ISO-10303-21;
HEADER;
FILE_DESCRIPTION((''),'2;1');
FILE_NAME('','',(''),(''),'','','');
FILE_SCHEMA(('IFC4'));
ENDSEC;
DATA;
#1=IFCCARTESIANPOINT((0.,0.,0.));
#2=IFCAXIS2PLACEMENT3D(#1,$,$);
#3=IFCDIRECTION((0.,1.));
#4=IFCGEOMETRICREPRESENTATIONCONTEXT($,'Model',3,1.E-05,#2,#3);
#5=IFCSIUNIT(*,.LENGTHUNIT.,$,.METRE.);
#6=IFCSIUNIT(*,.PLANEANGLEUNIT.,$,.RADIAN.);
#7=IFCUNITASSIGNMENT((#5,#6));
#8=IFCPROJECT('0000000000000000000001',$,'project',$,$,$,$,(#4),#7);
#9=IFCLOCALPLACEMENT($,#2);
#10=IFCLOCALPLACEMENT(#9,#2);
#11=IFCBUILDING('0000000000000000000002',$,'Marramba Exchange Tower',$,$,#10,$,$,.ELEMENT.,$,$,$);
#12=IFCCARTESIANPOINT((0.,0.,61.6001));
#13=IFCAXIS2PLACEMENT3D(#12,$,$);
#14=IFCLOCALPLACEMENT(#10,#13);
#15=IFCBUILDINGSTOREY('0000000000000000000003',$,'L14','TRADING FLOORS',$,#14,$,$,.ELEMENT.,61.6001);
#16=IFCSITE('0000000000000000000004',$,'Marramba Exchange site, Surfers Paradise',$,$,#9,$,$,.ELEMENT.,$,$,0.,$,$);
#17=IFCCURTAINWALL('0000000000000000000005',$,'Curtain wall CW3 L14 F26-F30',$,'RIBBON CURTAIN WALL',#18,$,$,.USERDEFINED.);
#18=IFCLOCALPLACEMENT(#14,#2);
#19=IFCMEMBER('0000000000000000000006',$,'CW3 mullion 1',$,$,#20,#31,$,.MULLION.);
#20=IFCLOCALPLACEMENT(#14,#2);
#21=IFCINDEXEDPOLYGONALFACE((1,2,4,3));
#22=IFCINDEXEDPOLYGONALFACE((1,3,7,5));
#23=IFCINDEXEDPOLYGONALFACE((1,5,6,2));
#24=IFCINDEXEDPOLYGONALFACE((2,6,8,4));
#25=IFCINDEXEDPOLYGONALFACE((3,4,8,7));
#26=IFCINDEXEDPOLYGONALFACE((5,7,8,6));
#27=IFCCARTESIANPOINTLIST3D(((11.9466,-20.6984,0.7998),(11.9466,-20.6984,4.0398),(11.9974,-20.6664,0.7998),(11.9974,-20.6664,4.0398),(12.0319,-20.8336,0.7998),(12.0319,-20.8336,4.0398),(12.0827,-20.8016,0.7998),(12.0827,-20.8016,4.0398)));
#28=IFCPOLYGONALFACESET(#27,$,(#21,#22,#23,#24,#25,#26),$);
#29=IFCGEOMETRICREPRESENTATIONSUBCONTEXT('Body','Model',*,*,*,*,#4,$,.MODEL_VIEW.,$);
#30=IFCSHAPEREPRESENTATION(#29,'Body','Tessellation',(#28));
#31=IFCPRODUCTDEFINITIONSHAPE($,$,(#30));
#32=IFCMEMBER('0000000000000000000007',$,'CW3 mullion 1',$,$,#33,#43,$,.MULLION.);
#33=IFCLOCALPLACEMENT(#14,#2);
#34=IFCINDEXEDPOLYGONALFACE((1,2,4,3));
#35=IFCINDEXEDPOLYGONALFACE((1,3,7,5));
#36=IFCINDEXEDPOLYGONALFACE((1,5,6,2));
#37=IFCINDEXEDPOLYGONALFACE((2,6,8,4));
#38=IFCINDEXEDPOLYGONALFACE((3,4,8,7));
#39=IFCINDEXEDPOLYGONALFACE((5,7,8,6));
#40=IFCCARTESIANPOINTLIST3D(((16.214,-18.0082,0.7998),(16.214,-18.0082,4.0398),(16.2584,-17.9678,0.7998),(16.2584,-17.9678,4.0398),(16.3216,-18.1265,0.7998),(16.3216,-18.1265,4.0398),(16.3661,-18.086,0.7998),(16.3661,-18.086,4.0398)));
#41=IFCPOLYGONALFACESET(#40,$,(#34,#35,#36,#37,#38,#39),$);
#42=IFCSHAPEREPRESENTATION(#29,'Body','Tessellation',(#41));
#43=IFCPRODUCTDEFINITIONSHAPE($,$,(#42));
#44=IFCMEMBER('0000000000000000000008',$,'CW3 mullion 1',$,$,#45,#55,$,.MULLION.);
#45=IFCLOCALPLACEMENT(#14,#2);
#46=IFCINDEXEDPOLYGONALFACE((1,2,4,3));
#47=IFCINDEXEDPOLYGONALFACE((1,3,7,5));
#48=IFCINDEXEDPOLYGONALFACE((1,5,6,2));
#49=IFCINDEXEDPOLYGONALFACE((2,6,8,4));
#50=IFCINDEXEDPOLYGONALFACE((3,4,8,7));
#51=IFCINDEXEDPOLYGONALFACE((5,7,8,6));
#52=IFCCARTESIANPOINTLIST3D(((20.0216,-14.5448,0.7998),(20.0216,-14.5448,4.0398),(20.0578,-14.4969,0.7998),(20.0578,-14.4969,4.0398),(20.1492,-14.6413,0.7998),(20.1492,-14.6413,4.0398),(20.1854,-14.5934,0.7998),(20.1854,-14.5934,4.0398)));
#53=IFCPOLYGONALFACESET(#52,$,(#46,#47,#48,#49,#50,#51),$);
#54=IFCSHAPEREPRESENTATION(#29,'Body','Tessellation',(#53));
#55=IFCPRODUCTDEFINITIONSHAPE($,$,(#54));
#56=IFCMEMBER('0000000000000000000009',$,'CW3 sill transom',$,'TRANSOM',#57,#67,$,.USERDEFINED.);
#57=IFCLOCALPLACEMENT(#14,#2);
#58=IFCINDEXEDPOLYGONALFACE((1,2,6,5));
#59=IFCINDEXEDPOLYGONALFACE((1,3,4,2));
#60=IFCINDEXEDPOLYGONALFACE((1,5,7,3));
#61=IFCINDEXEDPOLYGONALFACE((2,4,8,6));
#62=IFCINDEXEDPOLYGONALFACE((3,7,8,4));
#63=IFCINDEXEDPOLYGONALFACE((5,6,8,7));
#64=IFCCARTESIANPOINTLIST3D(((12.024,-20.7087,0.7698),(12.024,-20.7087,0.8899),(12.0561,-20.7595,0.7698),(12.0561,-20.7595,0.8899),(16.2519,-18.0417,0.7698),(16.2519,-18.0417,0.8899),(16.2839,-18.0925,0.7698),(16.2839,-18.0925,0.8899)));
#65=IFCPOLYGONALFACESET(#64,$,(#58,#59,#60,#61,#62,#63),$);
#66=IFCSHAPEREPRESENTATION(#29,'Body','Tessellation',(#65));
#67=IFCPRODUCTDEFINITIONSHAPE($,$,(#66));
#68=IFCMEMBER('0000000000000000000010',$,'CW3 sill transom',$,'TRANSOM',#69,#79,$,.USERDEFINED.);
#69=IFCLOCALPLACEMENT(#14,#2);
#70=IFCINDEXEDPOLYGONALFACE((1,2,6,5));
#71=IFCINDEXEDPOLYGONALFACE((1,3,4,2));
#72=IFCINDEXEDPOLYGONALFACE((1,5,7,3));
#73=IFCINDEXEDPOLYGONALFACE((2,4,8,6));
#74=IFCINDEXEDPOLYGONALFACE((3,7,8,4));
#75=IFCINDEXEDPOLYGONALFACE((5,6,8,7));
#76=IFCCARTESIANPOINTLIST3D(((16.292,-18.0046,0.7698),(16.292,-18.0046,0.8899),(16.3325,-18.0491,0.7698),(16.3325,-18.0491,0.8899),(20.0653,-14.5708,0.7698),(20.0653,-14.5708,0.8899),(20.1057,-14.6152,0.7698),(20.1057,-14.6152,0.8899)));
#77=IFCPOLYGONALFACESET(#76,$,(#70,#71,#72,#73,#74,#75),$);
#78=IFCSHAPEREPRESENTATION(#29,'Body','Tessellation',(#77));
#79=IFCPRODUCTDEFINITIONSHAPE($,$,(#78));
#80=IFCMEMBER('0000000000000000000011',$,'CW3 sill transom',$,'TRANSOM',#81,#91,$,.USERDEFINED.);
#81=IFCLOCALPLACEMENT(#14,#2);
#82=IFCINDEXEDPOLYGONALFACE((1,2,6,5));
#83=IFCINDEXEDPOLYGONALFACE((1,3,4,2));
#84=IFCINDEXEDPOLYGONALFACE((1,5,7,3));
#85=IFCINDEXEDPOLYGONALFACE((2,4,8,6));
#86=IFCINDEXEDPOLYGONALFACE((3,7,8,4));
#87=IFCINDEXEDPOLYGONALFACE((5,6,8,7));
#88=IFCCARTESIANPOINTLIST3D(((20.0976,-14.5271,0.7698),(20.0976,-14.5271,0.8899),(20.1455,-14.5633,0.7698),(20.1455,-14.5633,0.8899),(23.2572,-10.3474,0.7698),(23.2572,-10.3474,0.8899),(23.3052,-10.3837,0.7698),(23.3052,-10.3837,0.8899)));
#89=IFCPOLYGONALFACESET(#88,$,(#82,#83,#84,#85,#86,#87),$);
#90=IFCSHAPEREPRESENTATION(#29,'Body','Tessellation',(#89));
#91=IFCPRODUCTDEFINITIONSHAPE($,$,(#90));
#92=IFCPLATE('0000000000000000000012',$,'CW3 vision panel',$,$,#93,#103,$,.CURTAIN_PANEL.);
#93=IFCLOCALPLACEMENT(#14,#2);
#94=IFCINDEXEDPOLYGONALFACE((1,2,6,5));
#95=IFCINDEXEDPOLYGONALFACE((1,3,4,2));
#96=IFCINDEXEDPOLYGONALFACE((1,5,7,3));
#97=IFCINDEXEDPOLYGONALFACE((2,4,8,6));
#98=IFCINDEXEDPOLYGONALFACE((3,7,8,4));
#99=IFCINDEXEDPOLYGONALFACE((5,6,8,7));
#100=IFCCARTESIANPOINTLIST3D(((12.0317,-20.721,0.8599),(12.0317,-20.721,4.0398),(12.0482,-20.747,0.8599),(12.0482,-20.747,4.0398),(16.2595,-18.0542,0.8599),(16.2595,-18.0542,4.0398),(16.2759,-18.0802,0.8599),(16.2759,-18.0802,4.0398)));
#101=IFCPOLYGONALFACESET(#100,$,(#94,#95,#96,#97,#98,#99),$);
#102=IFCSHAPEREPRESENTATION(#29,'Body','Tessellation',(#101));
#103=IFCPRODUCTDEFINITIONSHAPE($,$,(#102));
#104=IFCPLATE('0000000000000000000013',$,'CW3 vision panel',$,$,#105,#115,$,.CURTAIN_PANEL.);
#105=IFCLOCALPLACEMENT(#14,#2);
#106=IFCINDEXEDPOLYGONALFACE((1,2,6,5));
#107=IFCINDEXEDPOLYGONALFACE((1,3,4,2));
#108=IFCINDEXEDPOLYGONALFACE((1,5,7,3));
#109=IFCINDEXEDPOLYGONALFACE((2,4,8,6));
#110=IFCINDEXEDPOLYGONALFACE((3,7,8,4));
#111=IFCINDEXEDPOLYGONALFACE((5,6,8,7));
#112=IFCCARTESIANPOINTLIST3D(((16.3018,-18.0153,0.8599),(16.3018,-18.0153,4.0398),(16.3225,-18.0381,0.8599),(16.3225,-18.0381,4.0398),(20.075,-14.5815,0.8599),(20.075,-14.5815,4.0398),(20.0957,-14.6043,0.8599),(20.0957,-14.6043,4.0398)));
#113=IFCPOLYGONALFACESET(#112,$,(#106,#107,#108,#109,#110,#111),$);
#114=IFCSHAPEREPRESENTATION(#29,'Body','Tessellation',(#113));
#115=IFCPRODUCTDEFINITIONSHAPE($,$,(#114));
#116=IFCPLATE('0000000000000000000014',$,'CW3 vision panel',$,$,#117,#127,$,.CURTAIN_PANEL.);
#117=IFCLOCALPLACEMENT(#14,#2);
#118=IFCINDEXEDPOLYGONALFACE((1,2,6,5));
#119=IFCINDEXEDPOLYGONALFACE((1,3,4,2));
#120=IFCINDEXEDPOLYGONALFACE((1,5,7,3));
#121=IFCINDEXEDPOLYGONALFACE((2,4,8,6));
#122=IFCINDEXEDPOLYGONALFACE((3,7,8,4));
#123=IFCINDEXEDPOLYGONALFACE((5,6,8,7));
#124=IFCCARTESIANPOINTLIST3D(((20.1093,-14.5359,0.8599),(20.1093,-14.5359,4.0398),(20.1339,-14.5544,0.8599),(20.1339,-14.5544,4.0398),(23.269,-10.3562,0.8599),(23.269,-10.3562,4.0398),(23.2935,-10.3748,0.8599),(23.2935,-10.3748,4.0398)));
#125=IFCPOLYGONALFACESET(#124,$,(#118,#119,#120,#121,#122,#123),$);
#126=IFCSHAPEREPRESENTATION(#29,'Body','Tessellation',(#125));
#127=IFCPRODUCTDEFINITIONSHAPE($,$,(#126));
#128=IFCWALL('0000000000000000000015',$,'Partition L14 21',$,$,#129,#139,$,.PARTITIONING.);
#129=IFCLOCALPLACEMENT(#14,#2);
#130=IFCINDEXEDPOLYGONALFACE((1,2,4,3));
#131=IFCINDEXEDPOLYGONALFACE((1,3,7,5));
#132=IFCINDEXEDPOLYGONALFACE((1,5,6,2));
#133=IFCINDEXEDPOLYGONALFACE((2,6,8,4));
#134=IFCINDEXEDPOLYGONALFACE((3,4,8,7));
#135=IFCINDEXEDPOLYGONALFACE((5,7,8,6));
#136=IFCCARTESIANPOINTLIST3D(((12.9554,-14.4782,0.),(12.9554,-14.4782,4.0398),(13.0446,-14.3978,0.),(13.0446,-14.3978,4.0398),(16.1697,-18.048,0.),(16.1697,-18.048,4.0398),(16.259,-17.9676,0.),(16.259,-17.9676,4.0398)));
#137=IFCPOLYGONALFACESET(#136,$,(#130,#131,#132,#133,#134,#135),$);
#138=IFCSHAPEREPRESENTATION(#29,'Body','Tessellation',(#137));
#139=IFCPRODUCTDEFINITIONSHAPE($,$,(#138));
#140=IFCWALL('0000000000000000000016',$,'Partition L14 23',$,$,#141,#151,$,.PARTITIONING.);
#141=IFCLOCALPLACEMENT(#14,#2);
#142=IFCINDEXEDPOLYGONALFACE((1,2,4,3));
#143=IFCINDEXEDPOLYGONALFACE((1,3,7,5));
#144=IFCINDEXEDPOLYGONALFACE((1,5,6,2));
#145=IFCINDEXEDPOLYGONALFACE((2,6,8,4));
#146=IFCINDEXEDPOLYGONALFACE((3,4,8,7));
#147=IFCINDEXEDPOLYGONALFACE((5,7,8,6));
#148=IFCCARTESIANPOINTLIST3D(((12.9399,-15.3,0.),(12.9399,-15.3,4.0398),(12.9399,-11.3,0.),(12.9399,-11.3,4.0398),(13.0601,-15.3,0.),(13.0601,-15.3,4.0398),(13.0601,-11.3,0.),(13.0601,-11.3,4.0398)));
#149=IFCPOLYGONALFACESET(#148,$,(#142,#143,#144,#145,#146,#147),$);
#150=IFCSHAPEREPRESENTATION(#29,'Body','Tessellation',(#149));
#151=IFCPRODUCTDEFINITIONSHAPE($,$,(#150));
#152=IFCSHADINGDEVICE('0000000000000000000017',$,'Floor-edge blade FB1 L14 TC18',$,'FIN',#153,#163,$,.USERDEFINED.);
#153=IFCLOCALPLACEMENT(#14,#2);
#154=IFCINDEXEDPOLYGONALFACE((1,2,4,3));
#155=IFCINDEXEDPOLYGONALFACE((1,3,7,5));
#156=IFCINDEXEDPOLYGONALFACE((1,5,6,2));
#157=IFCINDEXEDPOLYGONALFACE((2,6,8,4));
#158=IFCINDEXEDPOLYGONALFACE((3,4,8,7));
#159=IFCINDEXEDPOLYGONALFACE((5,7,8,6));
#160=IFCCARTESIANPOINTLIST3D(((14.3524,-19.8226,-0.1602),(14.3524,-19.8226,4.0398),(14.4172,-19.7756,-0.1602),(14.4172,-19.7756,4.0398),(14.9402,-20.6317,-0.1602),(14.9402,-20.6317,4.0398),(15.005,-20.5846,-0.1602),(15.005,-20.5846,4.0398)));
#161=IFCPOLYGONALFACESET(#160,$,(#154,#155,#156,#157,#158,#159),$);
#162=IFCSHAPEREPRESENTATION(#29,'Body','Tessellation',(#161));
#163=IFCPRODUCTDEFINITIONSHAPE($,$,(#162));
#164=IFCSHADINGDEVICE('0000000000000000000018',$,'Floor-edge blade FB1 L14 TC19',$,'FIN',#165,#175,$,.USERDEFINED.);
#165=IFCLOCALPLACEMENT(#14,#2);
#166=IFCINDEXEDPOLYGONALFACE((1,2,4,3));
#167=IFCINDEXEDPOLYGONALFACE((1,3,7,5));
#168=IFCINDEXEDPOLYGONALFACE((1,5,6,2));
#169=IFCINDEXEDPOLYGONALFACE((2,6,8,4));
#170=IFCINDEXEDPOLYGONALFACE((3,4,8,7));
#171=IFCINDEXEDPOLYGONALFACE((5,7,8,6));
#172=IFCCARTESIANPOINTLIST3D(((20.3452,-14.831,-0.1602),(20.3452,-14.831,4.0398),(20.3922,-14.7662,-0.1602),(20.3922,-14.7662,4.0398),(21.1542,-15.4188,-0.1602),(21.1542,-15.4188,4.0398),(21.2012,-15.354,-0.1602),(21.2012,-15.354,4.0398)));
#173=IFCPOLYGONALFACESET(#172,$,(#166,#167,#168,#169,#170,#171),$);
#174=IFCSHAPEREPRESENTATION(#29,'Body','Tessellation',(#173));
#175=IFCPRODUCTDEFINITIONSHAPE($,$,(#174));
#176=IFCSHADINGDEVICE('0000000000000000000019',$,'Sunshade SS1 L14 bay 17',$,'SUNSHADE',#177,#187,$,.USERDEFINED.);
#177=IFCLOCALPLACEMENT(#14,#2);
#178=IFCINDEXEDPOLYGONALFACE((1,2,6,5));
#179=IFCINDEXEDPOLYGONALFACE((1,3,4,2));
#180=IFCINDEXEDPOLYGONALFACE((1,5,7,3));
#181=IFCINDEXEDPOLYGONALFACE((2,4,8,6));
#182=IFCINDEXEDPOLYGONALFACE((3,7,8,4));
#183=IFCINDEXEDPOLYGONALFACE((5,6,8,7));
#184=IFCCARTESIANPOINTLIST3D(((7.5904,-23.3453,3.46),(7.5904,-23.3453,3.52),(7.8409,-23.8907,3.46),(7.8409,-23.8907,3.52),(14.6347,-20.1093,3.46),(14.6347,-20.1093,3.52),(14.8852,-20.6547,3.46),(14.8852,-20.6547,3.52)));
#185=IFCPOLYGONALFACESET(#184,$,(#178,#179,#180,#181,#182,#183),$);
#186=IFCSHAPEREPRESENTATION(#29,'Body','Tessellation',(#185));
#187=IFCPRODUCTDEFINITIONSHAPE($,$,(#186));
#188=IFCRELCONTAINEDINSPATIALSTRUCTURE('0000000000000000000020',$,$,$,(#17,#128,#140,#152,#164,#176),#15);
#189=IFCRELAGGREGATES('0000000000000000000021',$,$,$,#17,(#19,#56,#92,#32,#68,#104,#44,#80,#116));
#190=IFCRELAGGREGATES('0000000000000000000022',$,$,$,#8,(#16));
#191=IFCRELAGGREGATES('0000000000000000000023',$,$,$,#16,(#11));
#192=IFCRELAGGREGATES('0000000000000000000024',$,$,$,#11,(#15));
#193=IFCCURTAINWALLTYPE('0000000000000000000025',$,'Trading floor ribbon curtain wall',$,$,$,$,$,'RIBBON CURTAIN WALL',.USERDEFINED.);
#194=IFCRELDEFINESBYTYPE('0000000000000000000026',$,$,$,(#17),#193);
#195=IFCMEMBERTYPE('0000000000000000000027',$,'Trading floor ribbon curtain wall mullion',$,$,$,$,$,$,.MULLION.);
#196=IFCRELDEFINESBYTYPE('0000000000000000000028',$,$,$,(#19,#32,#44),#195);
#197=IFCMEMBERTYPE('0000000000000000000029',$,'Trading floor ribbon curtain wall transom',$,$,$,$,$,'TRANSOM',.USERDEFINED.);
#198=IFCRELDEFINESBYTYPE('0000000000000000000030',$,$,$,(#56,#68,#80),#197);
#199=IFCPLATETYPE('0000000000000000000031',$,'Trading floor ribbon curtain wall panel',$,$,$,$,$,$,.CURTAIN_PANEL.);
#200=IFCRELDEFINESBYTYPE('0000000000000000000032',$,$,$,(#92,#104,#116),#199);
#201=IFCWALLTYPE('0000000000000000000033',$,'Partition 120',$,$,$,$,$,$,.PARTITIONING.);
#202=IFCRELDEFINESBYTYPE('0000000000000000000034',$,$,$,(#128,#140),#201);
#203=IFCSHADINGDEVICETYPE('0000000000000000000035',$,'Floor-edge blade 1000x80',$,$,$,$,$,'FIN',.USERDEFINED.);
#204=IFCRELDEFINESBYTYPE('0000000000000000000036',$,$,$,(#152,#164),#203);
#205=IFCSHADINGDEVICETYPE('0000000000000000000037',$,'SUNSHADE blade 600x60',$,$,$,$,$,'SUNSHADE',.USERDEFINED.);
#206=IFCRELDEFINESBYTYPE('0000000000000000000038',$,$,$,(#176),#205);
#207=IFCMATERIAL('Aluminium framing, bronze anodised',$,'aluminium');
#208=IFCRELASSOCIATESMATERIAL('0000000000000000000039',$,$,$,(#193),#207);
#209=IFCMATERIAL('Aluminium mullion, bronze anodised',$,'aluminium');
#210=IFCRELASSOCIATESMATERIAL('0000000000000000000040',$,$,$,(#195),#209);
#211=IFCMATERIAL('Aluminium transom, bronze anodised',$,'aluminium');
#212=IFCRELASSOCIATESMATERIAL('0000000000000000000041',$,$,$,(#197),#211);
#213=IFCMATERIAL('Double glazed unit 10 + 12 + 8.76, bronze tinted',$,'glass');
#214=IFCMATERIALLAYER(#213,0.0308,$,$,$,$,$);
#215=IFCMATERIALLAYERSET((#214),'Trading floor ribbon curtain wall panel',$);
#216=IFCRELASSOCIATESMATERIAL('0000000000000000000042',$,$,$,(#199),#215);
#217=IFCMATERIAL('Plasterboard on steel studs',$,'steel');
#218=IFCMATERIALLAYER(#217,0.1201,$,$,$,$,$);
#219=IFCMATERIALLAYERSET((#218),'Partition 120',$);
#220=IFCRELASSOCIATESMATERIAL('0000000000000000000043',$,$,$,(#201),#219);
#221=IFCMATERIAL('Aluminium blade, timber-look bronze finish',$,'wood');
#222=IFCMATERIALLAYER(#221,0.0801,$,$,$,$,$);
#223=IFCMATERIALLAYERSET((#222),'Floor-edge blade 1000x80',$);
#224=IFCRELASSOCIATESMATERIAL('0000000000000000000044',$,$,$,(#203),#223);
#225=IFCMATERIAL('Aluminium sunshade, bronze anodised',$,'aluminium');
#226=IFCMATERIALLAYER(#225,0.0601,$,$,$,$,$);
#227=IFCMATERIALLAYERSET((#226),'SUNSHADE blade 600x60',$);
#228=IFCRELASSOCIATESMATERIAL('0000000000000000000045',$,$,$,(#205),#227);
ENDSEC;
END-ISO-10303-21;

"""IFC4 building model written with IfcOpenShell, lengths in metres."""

from ifc_helpers import new_model, si_unit, direction, frame, frame_2d, origin, origin_2d, place, context, subcontext, project, spatial, rectangle, extrude, material, layer, layer_set, material_profile, profile_set, type_object, element, aggregate, save


model = new_model("IFC4")

# Units and contexts
model_context = context("Model", 3, precision=1e-05, world=origin(), true_north=direction((0.0, 1.0)))
body_context = subcontext(model_context, "Body", "Model", "MODEL_VIEW")
ifc_project = project(units=[si_unit("LENGTHUNIT", "METRE"), si_unit("PLANEANGLEUNIT", "RADIAN")], contexts=[model_context])

# Site, building, storey
site_placement = place(None, origin())
site = spatial("IfcSite", under=ifc_project, at=site_placement, Name="Marramba Exchange site, Surfers Paradise", CompositionType="ELEMENT", RefElevation=0.0)
building_placement = place(site_placement, origin())
building = spatial("IfcBuilding", under=site, at=building_placement, Name="Marramba Exchange Tower", CompositionType="ELEMENT")
storey_placement = place(building_placement, frame((0.0, 0.0, 61.6001)))
storey = spatial("IfcBuildingStorey", under=building, at=storey_placement, Name="L14", Description="TRADING FLOORS", CompositionType="ELEMENT", Elevation=61.6001)

# Curtain wall, members, plates
ifc_material_1 = material(Name="Aluminium framing, bronze anodised", Category="aluminium")
curtain_wall_type = type_object("IfcCurtainWallType", Name="Trading floor ribbon curtain wall", ElementType="RIBBON CURTAIN WALL", PredefinedType="USERDEFINED", material=ifc_material_1)
curtain_wall_placement = place(storey_placement, origin())
curtain_wall = element("IfcCurtainWall", 1, at=curtain_wall_placement, inside=storey, type_object=curtain_wall_type, Name="Curtain wall CW3 L14 F26-F30", ObjectType="RIBBON CURTAIN WALL", PredefinedType="USERDEFINED")
ifc_material_2 = material(Name="Aluminium mullion, bronze anodised", Category="aluminium")
ifc_material_profile_1 = material_profile(ifc_material_2, rectangle(XDim=0.1599, YDim=0.0601, at=origin_2d()), Name="CW3 mullion 60x160")
ifc_profile_set_1 = profile_set([ifc_material_profile_1], Name="Aluminium mullion, bronze anodised")
member_type_1 = type_object("IfcMemberType", Name="Trading floor ribbon curtain wall mullion", PredefinedType="MULLION", material=ifc_profile_set_1)
member_1_placement = place(storey_placement, frame((12.0146, -20.75, 0.7998), z_axis=(0.0, 0.0, 1.0), x_axis=(-0.533515, 0.845791, 0.0)))
member_1 = element("IfcMember", 2, at=member_1_placement, type_object=member_type_1, Name="CW3 mullion 1", PredefinedType="MULLION", context=body_context, shape_type="SweptSolid", body=[
    extrude(rectangle(XDim=0.1599, YDim=0.0601, at=origin_2d()), origin(), (0.0, 0.0, 1.0), 3.24),
])
member_2_placement = place(storey_placement, frame((16.29, -18.0471, 0.7998), z_axis=(0.0, 0.0, 1.0), x_axis=(-0.673058, 0.73959, 0.0)))
member_2 = element("IfcMember", 3, at=member_2_placement, type_object=member_type_1, Name="CW3 mullion 1", PredefinedType="MULLION", context=body_context, shape_type="SweptSolid", body=[
    extrude(rectangle(XDim=0.1599, YDim=0.0601, at=origin_2d()), origin(), (0.0, 0.0, 1.0), 3.24),
])
member_3_placement = place(storey_placement, frame((20.1035, -14.5691, 0.7998), z_axis=(0.0, 0.0, 1.0), x_axis=(-0.797711, 0.60304, 0.0)))
member_3 = element("IfcMember", 4, at=member_3_placement, type_object=member_type_1, Name="CW3 mullion 1", PredefinedType="MULLION", context=body_context, shape_type="SweptSolid", body=[
    extrude(rectangle(XDim=0.1599, YDim=0.0601, at=origin_2d()), origin(), (0.0, 0.0, 1.0), 3.24),
])
ifc_material_3 = material(Name="Aluminium transom, bronze anodised", Category="aluminium")
ifc_material_profile_2 = material_profile(ifc_material_3, rectangle(XDim=0.0601, YDim=0.1201, at=origin_2d()), Name="CW3 transom 60x120")
ifc_profile_set_2 = profile_set([ifc_material_profile_2], Name="Aluminium transom, bronze anodised")
member_type_2 = type_object("IfcMemberType", Name="Trading floor ribbon curtain wall transom", ElementType="TRANSOM", PredefinedType="USERDEFINED", material=ifc_profile_set_2)
member_4_placement = place(storey_placement, frame((12.04, -20.7341, 0.8298), z_axis=(0.845777, 0.533537, 0.0), x_axis=(-0.533537, 0.845777, 0.0)))
member_4 = element("IfcMember", 5, at=member_4_placement, type_object=member_type_2, Name="CW3 sill transom", ObjectType="TRANSOM", PredefinedType="USERDEFINED", context=body_context, shape_type="SweptSolid", body=[
    extrude(rectangle(XDim=0.0601, YDim=0.1201, at=origin_2d()), origin(), (0.0, 0.0, 1.0), 4.9988),
])
member_5_placement = place(storey_placement, frame((16.3123, -18.0269, 0.8298), z_axis=(0.739583, 0.673066, 0.0), x_axis=(-0.673066, 0.739583, 0.0)))
member_5 = element("IfcMember", 6, at=member_5_placement, type_object=member_type_2, Name="CW3 sill transom", ObjectType="TRANSOM", PredefinedType="USERDEFINED", context=body_context, shape_type="SweptSolid", body=[
    extrude(rectangle(XDim=0.0601, YDim=0.1201, at=origin_2d()), origin(), (0.0, 0.0, 1.0), 5.1018),
])
member_6_placement = place(storey_placement, frame((20.1216, -14.5452, 0.8298), z_axis=(0.603037, 0.797713, 0.0), x_axis=(-0.797713, 0.603037, 0.0)))
member_6 = element("IfcMember", 7, at=member_6_placement, type_object=member_type_2, Name="CW3 sill transom", ObjectType="TRANSOM", PredefinedType="USERDEFINED", context=body_context, shape_type="SweptSolid", body=[
    extrude(rectangle(XDim=0.0601, YDim=0.1201, at=origin_2d()), origin(), (0.0, 0.0, 1.0), 5.2395),
])
ifc_material_4 = material(Name="Double glazed unit 10 + 12 + 8.76, bronze tinted", Category="glass")
ifc_layer_1 = layer(ifc_material_4, 0.0308)
ifc_layer_set_1 = layer_set([ifc_layer_1], Name="Trading floor ribbon curtain wall panel")
plate_type = type_object("IfcPlateType", Name="Trading floor ribbon curtain wall panel", PredefinedType="CURTAIN_PANEL", material=ifc_layer_set_1)
plate_1_placement = place(storey_placement, frame((14.1538, -19.4006, 0.8599), z_axis=(0.0, 0.0, 1.0), x_axis=(0.845791, 0.533515, 0.0)))
plate_1 = element("IfcPlate", 8, at=plate_1_placement, type_object=plate_type, Name="CW3 vision panel", PredefinedType="CURTAIN_PANEL", context=body_context, shape_type="SweptSolid", body=[
    extrude(rectangle(XDim=4.9985, YDim=0.0308, at=origin_2d()), origin(), (0.0, 0.0, 1.0), 3.1799),
])
plate_2_placement = place(storey_placement, frame((18.1987, -16.3098, 0.8599), z_axis=(0.0, 0.0, 1.0), x_axis=(0.73959, 0.673058, 0.0)))
plate_2 = element("IfcPlate", 9, at=plate_2_placement, type_object=plate_type, Name="CW3 vision panel", PredefinedType="CURTAIN_PANEL", context=body_context, shape_type="SweptSolid", body=[
    extrude(rectangle(XDim=5.1018, YDim=0.0308, at=origin_2d()), origin(), (0.0, 0.0, 1.0), 3.1799),
])
plate_3_placement = place(storey_placement, frame((21.7014, -12.4553, 0.8599), z_axis=(0.0, 0.0, 1.0), x_axis=(0.60304, 0.797711, 0.0)))
plate_3 = element("IfcPlate", 10, at=plate_3_placement, type_object=plate_type, Name="CW3 vision panel", PredefinedType="CURTAIN_PANEL", context=body_context, shape_type="SweptSolid", body=[
    extrude(rectangle(XDim=5.2395, YDim=0.0308, at=origin_2d()), origin(), (0.0, 0.0, 1.0), 3.1799),
])
aggregate(curtain_wall, [member_1, member_4, plate_1, member_2, member_5, plate_2, member_3, member_6, plate_3])

# Walls
ifc_material_5 = material(Name="Plasterboard on steel studs", Category="steel")
ifc_layer_2 = layer(ifc_material_5, 0.1201)
ifc_layer_set_2 = layer_set([ifc_layer_2], Name="Partition 120")
wall_type = type_object("IfcWallType", Name="Partition 120", PredefinedType="PARTITIONING", material=ifc_layer_set_2)
wall_1_placement = place(storey_placement, frame((16.2144, -18.0078, 0.0), z_axis=(0.0, 0.0, 1.0), x_axis=(-0.669139, 0.743137, 0.0)))
element("IfcWall", 11, at=wall_1_placement, inside=storey, type_object=wall_type, Name="Partition L14 21", PredefinedType="PARTITIONING", context=body_context, shape_type="SweptSolid", body=[
    extrude(rectangle(XDim=4.8037, YDim=0.1201, at=frame_2d((2.4019, 0.0))), origin(), (0.0, 0.0, 1.0), 4.0398),
])
wall_2_placement = place(storey_placement, frame((13.0, -15.3, 0.0), z_axis=(0.0, 0.0, 1.0), x_axis=(0.0, 1.0, 0.0)))
element("IfcWall", 12, at=wall_2_placement, inside=storey, type_object=wall_type, Name="Partition L14 23", PredefinedType="PARTITIONING", context=body_context, shape_type="SweptSolid", body=[
    extrude(rectangle(XDim=4.0, YDim=0.1201, at=frame_2d((2.0, 0.0))), origin(), (0.0, 0.0, 1.0), 4.0398),
])

# Shading devices
ifc_material_6 = material(Name="Aluminium blade, timber-look bronze finish", Category="wood")
ifc_layer_3 = layer(ifc_material_6, 0.0801)
ifc_layer_set_3 = layer_set([ifc_layer_3], Name="Floor-edge blade 1000x80")
shading_device_type_1 = type_object("IfcShadingDeviceType", Name="Floor-edge blade 1000x80", ElementType="FIN", PredefinedType="USERDEFINED", material=ifc_layer_set_3)
for number, where, z_axis, x_axis, name in (
    (13, (14.6787, -20.2036, -0.1602), (0.0, 0.0, 1.0), (0.587785, -0.809017, 0.0), "Floor-edge blade FB1 L14 TC18"),
    (14, (20.7732, -15.0925, -0.1602), (0.0, 0.0, 1.0), (0.809017, -0.587785, 0.0), "Floor-edge blade FB1 L14 TC19"),
):
    element("IfcShadingDevice", number, at=place(storey_placement, frame(where, z_axis=z_axis, x_axis=x_axis)), inside=storey, type_object=shading_device_type_1, Name=name, ObjectType="FIN", PredefinedType="USERDEFINED", context=body_context, shape_type="SweptSolid", body=[
        extrude(rectangle(XDim=1.0, YDim=0.0801, at=origin_2d()), origin(), (0.0, 0.0, 1.0), 4.2),
    ])
ifc_material_7 = material(Name="Aluminium sunshade, bronze anodised", Category="aluminium")
ifc_layer_4 = layer(ifc_material_7, 0.0601)
ifc_layer_set_4 = layer_set([ifc_layer_4], Name="SUNSHADE blade 600x60")
shading_device_type_2 = type_object("IfcShadingDeviceType", Name="SUNSHADE blade 600x60", ElementType="SUNSHADE", PredefinedType="USERDEFINED", material=ifc_layer_set_4)
shading_device_1_placement = place(storey_placement, frame((11.2378, -22.0, 3.46), z_axis=(0.0, 0.0, 1.0), x_axis=(0.908704, 0.417442, 0.0)))
element("IfcShadingDevice", 15, at=shading_device_1_placement, inside=storey, type_object=shading_device_type_2, Name="Sunshade SS1 L14 bay 17", ObjectType="SUNSHADE", PredefinedType="USERDEFINED", context=body_context, shape_type="SweptSolid", body=[
    extrude(rectangle(XDim=7.752, YDim=0.6001, at=origin_2d()), origin(), (0.0, 0.0, 1.0), 0.0601),
])

save(model, "model.ifc")
